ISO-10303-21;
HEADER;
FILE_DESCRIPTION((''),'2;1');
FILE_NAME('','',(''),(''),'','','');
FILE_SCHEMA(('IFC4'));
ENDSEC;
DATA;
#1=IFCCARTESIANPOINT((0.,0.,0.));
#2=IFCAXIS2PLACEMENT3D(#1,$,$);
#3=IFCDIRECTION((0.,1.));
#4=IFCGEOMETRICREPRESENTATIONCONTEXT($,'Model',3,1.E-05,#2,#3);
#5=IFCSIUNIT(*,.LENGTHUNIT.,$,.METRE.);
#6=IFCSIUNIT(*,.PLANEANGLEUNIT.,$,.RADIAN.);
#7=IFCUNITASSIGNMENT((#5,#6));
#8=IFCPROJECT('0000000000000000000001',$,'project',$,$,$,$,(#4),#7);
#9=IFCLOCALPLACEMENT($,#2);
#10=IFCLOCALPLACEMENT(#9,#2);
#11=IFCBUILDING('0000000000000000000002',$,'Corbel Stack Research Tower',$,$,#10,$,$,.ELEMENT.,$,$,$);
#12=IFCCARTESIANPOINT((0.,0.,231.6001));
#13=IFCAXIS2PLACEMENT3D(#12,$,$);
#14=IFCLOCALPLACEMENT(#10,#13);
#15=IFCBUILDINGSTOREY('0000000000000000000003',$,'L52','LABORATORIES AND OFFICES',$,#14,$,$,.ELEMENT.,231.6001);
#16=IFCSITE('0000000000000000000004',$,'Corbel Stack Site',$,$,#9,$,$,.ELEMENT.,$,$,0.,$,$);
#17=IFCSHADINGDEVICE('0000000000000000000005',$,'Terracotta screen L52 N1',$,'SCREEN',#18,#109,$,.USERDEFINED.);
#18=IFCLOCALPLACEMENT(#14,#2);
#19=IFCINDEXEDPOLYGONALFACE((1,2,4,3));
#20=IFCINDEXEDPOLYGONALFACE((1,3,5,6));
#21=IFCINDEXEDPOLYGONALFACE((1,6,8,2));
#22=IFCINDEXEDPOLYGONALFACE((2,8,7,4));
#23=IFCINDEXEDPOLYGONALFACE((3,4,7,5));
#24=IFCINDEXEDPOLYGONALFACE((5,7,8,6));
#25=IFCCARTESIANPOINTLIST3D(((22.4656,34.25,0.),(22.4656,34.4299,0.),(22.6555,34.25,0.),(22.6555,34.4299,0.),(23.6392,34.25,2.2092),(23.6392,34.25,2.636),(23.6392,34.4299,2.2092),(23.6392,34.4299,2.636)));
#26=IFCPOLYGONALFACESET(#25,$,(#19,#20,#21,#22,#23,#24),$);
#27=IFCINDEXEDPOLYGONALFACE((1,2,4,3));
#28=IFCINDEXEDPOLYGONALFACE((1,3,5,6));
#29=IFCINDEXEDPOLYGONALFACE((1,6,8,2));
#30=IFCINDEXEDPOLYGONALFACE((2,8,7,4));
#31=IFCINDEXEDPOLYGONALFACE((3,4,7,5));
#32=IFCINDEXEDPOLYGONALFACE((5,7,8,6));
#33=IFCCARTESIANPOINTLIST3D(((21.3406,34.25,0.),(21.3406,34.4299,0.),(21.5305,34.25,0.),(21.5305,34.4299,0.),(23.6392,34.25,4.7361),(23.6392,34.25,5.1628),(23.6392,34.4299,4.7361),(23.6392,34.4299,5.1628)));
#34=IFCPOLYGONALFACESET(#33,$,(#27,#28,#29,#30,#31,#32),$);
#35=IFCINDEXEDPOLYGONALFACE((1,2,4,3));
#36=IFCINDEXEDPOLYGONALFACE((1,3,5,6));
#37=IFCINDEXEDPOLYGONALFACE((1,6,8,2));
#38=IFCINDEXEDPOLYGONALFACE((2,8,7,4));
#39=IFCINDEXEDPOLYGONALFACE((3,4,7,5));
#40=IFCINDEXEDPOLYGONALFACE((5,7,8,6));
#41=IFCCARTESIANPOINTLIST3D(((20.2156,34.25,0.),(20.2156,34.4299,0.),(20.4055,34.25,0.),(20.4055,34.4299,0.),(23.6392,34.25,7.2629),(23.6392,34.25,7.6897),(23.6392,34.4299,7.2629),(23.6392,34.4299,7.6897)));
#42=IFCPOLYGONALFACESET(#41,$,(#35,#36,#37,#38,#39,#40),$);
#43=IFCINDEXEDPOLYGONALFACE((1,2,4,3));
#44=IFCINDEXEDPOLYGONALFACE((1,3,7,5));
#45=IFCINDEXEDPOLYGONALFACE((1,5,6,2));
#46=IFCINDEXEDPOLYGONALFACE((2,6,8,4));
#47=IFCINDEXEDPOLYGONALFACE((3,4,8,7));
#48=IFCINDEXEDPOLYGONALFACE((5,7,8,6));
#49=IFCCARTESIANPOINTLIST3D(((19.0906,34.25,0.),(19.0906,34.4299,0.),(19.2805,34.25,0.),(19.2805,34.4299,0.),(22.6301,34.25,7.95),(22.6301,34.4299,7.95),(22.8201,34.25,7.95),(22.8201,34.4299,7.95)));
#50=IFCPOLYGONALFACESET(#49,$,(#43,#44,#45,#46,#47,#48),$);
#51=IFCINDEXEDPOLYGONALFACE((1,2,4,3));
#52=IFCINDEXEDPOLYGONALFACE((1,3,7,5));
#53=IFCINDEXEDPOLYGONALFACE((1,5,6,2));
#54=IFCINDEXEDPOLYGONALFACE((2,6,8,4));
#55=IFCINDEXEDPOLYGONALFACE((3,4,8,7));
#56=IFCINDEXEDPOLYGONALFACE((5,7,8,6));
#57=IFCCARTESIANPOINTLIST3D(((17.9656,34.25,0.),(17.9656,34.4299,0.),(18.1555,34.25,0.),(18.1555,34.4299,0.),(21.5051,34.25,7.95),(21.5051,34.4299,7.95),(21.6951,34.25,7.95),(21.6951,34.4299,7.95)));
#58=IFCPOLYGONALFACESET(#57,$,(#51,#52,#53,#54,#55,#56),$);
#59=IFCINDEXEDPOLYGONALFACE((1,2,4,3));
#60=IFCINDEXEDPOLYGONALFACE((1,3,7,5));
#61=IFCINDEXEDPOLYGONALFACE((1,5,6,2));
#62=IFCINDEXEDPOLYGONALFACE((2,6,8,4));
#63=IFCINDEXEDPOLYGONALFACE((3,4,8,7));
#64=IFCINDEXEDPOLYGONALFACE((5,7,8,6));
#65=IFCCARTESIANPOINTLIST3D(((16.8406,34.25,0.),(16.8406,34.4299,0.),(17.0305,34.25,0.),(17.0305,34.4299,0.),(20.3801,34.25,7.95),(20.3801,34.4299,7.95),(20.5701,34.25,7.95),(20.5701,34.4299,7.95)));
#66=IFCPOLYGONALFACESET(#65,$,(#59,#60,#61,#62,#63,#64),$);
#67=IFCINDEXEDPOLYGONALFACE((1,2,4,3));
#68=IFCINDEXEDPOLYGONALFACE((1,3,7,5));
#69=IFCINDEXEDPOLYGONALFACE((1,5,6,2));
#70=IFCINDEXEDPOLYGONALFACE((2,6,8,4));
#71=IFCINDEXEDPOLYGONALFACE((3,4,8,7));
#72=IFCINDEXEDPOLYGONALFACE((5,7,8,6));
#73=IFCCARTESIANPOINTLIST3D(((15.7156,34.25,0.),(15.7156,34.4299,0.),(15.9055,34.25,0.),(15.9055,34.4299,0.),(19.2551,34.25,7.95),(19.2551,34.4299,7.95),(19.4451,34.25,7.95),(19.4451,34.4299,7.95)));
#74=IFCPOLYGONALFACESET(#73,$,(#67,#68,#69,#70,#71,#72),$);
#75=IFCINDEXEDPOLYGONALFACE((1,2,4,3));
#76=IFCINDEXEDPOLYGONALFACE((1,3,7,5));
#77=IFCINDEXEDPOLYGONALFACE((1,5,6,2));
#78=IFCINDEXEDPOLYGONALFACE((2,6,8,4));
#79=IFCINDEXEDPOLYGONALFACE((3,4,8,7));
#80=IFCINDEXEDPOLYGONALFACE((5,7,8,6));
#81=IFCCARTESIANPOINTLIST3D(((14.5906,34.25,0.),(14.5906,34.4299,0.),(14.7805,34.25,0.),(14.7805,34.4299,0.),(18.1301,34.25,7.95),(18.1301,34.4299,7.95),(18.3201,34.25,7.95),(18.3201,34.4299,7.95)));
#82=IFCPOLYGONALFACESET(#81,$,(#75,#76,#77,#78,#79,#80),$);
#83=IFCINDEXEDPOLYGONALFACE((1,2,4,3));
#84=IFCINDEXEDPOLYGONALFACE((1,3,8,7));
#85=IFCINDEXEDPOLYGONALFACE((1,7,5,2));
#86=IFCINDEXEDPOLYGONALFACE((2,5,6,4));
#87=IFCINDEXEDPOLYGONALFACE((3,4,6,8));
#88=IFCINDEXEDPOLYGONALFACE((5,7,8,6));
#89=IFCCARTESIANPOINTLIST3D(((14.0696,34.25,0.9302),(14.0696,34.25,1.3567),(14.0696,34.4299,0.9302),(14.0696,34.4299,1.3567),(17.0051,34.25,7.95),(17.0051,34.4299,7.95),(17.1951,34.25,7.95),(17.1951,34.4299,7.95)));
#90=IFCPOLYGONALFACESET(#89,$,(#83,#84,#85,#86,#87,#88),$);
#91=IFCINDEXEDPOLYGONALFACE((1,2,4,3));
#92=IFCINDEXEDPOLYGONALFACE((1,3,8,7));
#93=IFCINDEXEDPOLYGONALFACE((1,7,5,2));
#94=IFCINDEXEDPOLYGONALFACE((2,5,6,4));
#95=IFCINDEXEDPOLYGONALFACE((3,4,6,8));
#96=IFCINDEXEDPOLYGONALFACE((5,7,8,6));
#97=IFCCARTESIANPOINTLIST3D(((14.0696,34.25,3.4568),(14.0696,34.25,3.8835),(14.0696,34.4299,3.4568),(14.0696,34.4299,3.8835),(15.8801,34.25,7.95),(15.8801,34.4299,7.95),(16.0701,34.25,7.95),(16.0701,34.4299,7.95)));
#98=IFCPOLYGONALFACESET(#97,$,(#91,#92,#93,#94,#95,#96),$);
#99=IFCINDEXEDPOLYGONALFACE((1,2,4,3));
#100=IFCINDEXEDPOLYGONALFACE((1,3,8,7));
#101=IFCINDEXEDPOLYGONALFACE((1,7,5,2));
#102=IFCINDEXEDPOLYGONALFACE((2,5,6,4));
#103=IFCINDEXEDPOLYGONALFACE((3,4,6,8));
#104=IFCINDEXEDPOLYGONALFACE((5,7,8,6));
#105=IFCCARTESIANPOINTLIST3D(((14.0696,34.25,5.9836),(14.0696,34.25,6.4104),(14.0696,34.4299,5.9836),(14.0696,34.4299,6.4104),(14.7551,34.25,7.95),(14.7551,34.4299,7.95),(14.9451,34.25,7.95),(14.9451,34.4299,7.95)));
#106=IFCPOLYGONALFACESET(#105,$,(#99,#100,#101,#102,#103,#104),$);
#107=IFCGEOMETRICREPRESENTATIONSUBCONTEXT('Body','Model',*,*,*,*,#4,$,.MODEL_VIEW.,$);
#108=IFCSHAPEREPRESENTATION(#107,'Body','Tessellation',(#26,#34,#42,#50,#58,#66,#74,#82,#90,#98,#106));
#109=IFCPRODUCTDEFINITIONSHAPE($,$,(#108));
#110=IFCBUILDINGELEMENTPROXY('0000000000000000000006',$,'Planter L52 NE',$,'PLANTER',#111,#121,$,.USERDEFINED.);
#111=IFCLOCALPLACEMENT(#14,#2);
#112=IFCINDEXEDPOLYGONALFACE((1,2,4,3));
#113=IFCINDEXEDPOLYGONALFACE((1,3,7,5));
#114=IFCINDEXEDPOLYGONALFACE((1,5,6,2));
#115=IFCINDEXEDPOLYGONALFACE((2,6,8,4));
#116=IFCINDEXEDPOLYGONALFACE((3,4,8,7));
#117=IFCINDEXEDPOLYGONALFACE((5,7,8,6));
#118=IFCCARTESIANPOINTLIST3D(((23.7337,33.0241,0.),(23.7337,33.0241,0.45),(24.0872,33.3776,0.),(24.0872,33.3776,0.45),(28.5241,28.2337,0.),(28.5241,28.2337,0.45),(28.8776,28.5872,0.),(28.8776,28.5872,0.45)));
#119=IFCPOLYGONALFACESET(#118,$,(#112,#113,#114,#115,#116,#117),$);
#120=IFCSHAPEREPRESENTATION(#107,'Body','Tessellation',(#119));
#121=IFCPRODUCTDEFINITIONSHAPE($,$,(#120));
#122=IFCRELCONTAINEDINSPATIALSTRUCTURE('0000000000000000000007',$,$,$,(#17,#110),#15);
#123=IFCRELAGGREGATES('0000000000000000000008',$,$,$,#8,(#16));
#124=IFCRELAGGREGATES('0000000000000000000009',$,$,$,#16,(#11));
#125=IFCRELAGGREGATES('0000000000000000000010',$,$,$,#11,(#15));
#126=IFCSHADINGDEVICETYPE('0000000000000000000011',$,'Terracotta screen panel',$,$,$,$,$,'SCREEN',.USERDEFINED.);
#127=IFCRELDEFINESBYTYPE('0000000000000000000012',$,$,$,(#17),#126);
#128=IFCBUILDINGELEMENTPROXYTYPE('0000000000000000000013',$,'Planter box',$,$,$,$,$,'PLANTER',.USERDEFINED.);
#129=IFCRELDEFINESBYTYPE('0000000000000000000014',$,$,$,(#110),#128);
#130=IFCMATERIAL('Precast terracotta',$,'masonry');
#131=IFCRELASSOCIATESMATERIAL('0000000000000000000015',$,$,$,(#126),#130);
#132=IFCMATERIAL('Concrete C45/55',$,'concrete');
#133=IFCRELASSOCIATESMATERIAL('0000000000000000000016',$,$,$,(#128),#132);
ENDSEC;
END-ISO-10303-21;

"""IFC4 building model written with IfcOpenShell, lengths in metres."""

from ifc_helpers import new_model, si_unit, direction, frame, origin, origin_2d, place, context, subcontext, project, spatial, polyline, rectangle, outline, extrude, source, transform, mapped, material, type_object, element, save


model = new_model("IFC4")

# Units and contexts
model_context = context("Model", 3, precision=1e-05, world=origin(), true_north=direction((0.0, 1.0)))
body_context = subcontext(model_context, "Body", "Model", "MODEL_VIEW")
ifc_project = project(units=[si_unit("LENGTHUNIT", "METRE"), si_unit("PLANEANGLEUNIT", "RADIAN")], contexts=[model_context])

# Site, building, storey
site_placement = place(None, origin())
site = spatial("IfcSite", under=ifc_project, at=site_placement, Name="Corbel Stack Site", CompositionType="ELEMENT", RefElevation=0.0)
building_placement = place(site_placement, origin())
building = spatial("IfcBuilding", under=site, at=building_placement, Name="Corbel Stack Research Tower", CompositionType="ELEMENT")
storey_placement = place(building_placement, frame((0.0, 0.0, 231.6001)))
storey = spatial("IfcBuildingStorey", under=building, at=storey_placement, Name="L52", Description="LABORATORIES AND OFFICES", CompositionType="ELEMENT", Elevation=231.6001)

# Shading device
ifc_material_1 = material(Name="Precast terracotta", Category="masonry")
shading_device_type = type_object("IfcShadingDeviceType", Name="Terracotta screen panel", ElementType="SCREEN", PredefinedType="USERDEFINED", material=ifc_material_1)
shared_shape_1 = source(origin(), body_context, "Body", "SweptSolid", [
    extrude(outline(polyline([(1.1736, 0.0), (0.0, 2.636), (0.0, 2.2092), (0.9836, 0.0), (1.1736, 0.0)])), frame((0.0, 0.0, 0.0), z_axis=(0.0, -1.0, 0.0), x_axis=(1.0, 0.0, 0.0)), (0.0, 0.0, 1.0), 0.1799),
    extrude(outline(polyline([(2.2986, 0.0), (0.0, 5.1628), (0.0, 4.7361), (2.1086, 0.0), (2.2986, 0.0)])), frame((0.0, 0.0, 0.0), z_axis=(0.0, -1.0, 0.0), x_axis=(1.0, 0.0, 0.0)), (0.0, 0.0, 1.0), 0.1799),
    extrude(outline(polyline([(3.4236, 0.0), (0.0, 7.6897), (0.0, 7.2629), (3.2336, 0.0), (3.4236, 0.0)])), frame((0.0, 0.0, 0.0), z_axis=(0.0, -1.0, 0.0), x_axis=(1.0, 0.0, 0.0)), (0.0, 0.0, 1.0), 0.1799),
    extrude(outline(polyline([(4.5486, 0.0), (1.009, 7.95), (0.8191, 7.95), (4.3586, 0.0), (4.5486, 0.0)])), frame((0.0, 0.0, 0.0), z_axis=(0.0, -1.0, 0.0), x_axis=(1.0, 0.0, 0.0)), (0.0, 0.0, 1.0), 0.1799),
    extrude(outline(polyline([(5.6736, 0.0), (2.134, 7.95), (1.9441, 7.95), (5.4836, 0.0), (5.6736, 0.0)])), frame((0.0, 0.0, 0.0), z_axis=(0.0, -1.0, 0.0), x_axis=(1.0, 0.0, 0.0)), (0.0, 0.0, 1.0), 0.1799),
    extrude(outline(polyline([(6.7986, 0.0), (3.259, 7.95), (3.0691, 7.95), (6.6086, 0.0), (6.7986, 0.0)])), frame((0.0, 0.0, 0.0), z_axis=(0.0, -1.0, 0.0), x_axis=(1.0, 0.0, 0.0)), (0.0, 0.0, 1.0), 0.1799),
    extrude(outline(polyline([(7.9236, 0.0), (4.384, 7.95), (4.1941, 7.95), (7.7336, 0.0), (7.9236, 0.0)])), frame((0.0, 0.0, 0.0), z_axis=(0.0, -1.0, 0.0), x_axis=(1.0, 0.0, 0.0)), (0.0, 0.0, 1.0), 0.1799),
    extrude(outline(polyline([(9.0486, 0.0), (5.509, 7.95), (5.3191, 7.95), (8.8586, 0.0), (9.0486, 0.0)])), frame((0.0, 0.0, 0.0), z_axis=(0.0, -1.0, 0.0), x_axis=(1.0, 0.0, 0.0)), (0.0, 0.0, 1.0), 0.1799),
    extrude(outline(polyline([(6.634, 7.95), (6.4441, 7.95), (9.5696, 0.9302), (9.5696, 1.3567), (6.634, 7.95)])), frame((0.0, 0.0, 0.0), z_axis=(0.0, -1.0, 0.0), x_axis=(1.0, 0.0, 0.0)), (0.0, 0.0, 1.0), 0.1799),
    extrude(outline(polyline([(7.759, 7.95), (7.5691, 7.95), (9.5696, 3.4568), (9.5696, 3.8835), (7.759, 7.95)])), frame((0.0, 0.0, 0.0), z_axis=(0.0, -1.0, 0.0), x_axis=(1.0, 0.0, 0.0)), (0.0, 0.0, 1.0), 0.1799),
    extrude(outline(polyline([(8.884, 7.95), (8.6941, 7.95), (9.5696, 5.9836), (9.5696, 6.4104), (8.884, 7.95)])), frame((0.0, 0.0, 0.0), z_axis=(0.0, -1.0, 0.0), x_axis=(1.0, 0.0, 0.0)), (0.0, 0.0, 1.0), 0.1799),
])
shading_device_1_placement = place(storey_placement, frame((23.6392, 34.25, 0.0), z_axis=(0.0, 0.0, 1.0), x_axis=(-1.0, 0.0, 0.0)))
element("IfcShadingDevice", 1, at=shading_device_1_placement, inside=storey, type_object=shading_device_type, Name="Terracotta screen L52 N1", ObjectType="SCREEN", PredefinedType="USERDEFINED", context=body_context, shape_type="MappedRepresentation", body=[
    mapped(shared_shape_1, transform((0.0, 0.0, 0.0))),
])

# Building element proxy
ifc_material_2 = material(Name="Concrete C45/55", Category="concrete")
building_element_proxy_type = type_object("IfcBuildingElementProxyType", Name="Planter box", ElementType="PLANTER", PredefinedType="USERDEFINED", material=ifc_material_2)
proxy_placement = place(storey_placement, frame((26.3057, 30.8057, 0.0), z_axis=(0.0, 0.0, 1.0), x_axis=(-0.707107, 0.707107, 0.0)))
element("IfcBuildingElementProxy", 2, at=proxy_placement, inside=storey, type_object=building_element_proxy_type, Name="Planter L52 NE", ObjectType="PLANTER", PredefinedType="USERDEFINED", context=body_context, shape_type="SweptSolid", body=[
    extrude(rectangle(XDim=6.7747, YDim=0.5, at=origin_2d()), origin(), (0.0, 0.0, 1.0), 0.45),
])

save(model, "model.ifc")
